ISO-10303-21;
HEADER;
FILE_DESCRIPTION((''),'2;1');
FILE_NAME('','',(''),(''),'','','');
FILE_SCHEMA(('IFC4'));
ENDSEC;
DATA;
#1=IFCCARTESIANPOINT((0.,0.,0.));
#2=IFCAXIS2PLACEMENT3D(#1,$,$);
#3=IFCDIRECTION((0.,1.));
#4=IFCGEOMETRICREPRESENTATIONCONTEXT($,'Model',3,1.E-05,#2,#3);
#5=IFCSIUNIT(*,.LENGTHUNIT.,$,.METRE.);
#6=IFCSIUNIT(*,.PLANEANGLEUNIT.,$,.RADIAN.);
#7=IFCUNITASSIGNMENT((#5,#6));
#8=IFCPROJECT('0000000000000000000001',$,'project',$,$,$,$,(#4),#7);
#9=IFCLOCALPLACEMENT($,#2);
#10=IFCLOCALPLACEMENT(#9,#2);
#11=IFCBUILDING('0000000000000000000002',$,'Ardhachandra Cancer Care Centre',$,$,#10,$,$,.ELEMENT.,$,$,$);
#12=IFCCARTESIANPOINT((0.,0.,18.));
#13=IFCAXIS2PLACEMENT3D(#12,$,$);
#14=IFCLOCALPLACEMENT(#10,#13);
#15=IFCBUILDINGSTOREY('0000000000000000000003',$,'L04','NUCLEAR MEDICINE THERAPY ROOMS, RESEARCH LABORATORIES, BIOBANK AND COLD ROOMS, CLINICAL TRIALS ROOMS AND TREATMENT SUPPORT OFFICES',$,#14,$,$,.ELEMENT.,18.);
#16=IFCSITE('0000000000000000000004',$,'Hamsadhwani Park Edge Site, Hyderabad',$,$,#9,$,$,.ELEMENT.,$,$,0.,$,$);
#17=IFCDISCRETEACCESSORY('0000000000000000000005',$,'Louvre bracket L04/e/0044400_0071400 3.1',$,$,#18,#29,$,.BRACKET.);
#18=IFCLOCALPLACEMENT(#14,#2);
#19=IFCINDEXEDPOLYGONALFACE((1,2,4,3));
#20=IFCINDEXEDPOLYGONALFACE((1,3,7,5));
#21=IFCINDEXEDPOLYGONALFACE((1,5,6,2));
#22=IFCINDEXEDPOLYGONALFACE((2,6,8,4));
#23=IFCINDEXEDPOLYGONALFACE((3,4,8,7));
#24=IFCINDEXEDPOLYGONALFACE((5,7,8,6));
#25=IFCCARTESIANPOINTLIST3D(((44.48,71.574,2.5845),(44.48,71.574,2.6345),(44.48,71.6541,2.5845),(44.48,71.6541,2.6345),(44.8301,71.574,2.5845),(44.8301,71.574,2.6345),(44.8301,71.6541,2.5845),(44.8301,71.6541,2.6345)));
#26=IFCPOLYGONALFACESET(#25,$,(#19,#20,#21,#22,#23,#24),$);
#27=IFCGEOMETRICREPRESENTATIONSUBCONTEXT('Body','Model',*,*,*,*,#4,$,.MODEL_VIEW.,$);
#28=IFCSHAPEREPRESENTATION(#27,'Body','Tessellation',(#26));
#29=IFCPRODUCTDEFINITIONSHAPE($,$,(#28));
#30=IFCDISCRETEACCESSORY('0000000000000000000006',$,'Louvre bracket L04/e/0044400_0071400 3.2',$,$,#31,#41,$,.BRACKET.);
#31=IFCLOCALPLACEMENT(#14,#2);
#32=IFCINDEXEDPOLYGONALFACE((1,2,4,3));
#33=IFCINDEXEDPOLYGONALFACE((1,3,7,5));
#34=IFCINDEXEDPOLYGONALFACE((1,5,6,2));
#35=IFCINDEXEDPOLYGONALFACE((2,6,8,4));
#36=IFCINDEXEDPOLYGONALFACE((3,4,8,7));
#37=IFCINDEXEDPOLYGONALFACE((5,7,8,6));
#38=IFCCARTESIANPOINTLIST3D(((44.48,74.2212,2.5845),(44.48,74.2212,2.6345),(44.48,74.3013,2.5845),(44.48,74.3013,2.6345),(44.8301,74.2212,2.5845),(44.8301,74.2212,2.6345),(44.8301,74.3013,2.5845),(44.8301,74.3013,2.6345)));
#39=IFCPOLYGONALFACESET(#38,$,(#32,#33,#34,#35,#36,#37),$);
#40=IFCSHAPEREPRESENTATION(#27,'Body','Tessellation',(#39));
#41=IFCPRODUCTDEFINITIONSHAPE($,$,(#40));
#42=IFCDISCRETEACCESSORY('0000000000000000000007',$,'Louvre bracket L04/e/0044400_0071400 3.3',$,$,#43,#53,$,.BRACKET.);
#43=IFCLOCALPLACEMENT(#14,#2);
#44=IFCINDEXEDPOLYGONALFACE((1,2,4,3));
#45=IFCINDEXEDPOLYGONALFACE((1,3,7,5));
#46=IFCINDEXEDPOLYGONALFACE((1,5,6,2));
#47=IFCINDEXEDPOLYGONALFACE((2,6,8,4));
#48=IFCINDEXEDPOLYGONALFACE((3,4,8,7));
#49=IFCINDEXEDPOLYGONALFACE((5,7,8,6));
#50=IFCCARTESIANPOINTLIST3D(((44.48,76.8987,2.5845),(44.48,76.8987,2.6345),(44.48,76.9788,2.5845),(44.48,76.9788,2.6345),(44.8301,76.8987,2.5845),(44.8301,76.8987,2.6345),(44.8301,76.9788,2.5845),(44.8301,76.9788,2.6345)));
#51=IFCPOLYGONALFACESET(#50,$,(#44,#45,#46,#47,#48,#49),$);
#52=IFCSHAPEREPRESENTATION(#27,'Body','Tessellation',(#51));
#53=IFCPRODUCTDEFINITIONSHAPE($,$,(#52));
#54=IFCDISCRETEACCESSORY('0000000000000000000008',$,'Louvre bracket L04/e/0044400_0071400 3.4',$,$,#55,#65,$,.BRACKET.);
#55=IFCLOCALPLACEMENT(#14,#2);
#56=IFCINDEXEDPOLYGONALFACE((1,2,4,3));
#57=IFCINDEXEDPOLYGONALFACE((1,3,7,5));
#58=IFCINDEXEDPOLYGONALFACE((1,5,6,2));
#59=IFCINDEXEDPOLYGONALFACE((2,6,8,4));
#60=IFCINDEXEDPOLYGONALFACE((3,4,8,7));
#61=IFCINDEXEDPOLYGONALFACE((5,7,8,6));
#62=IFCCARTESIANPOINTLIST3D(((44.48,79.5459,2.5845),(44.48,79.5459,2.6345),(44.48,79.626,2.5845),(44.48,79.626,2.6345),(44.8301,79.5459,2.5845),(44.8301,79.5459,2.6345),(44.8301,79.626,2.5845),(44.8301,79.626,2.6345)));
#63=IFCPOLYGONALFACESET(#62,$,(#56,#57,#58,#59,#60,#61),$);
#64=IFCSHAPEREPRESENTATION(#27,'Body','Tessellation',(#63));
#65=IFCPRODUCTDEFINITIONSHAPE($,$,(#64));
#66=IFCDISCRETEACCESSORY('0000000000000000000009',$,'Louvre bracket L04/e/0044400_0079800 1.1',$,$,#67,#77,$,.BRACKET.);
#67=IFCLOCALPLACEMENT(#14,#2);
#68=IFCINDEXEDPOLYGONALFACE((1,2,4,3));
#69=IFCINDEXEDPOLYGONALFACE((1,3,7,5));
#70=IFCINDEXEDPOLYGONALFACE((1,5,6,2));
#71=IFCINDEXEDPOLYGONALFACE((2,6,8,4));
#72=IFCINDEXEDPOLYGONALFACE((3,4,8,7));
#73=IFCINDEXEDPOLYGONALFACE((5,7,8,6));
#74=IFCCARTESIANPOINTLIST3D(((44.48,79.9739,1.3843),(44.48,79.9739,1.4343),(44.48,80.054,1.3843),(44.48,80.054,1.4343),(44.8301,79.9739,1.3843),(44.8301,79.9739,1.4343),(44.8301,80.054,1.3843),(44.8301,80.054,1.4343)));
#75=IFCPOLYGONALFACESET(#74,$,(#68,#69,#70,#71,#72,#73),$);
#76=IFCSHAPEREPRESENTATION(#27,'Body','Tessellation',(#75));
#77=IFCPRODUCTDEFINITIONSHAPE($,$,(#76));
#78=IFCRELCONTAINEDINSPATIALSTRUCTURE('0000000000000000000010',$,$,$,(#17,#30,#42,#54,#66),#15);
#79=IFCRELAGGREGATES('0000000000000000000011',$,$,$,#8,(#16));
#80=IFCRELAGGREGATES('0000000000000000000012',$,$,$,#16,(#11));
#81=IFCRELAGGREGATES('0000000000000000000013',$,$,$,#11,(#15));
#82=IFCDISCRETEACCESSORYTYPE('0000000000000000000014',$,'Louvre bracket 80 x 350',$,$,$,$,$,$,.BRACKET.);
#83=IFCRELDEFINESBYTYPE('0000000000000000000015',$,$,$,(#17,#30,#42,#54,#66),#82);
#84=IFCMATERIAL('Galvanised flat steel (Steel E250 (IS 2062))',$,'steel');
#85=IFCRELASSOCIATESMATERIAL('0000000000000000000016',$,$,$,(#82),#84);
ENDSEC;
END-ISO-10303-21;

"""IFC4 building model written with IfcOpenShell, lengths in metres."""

from ifc_helpers import new_model, si_unit, direction, frame, origin, origin_2d, place, context, subcontext, project, spatial, rectangle, extrude, material, type_object, element, save


model = new_model("IFC4")

# Units and contexts
model_context = context("Model", 3, precision=1e-05, world=origin(), true_north=direction((0.0, 1.0)))
body_context = subcontext(model_context, "Body", "Model", "MODEL_VIEW")
ifc_project = project(units=[si_unit("LENGTHUNIT", "METRE"), si_unit("PLANEANGLEUNIT", "RADIAN")], contexts=[model_context])

# Site, building, storey
site_placement = place(None, origin())
site = spatial("IfcSite", under=ifc_project, at=site_placement, Name="Hamsadhwani Park Edge Site, Hyderabad", CompositionType="ELEMENT", RefElevation=0.0)
building_placement = place(site_placement, origin())
building = spatial("IfcBuilding", under=site, at=building_placement, Name="Ardhachandra Cancer Care Centre", CompositionType="ELEMENT")
storey_placement = place(building_placement, frame((0.0, 0.0, 18.0)))
storey = spatial("IfcBuildingStorey", under=building, at=storey_placement, Name="L04", Description="NUCLEAR MEDICINE THERAPY ROOMS, RESEARCH LABORATORIES, BIOBANK AND COLD ROOMS, CLINICAL TRIALS ROOMS AND TREATMENT SUPPORT OFFICES", CompositionType="ELEMENT", Elevation=18.0)

# Discrete accessories
ifc_material_1 = material(Name="Galvanised flat steel (Steel E250 (IS 2062))", Category="steel")
discrete_accessory_type = type_object("IfcDiscreteAccessoryType", Name="Louvre bracket 80 x 350", PredefinedType="BRACKET", material=ifc_material_1)
for number, where, z_axis, x_axis, name in (
    (1, (44.655, 71.614, 2.5845), (0.0, 0.0, 1.0), (0.0, 1.0, 0.0), "Louvre bracket L04/e/0044400_0071400 3.1"),
    (2, (44.655, 74.2612, 2.5845), (0.0, 0.0, 1.0), (0.0, 1.0, 0.0), "Louvre bracket L04/e/0044400_0071400 3.2"),
    (3, (44.655, 76.9387, 2.5845), (0.0, 0.0, 1.0), (0.0, 1.0, 0.0), "Louvre bracket L04/e/0044400_0071400 3.3"),
    (4, (44.655, 79.5859, 2.5845), (0.0, 0.0, 1.0), (0.0, 1.0, 0.0), "Louvre bracket L04/e/0044400_0071400 3.4"),
    (5, (44.655, 80.0139, 1.3843), (0.0, 0.0, 1.0), (0.0, 1.0, 0.0), "Louvre bracket L04/e/0044400_0079800 1.1"),
):
    element("IfcDiscreteAccessory", number, at=place(storey_placement, frame(where, z_axis=z_axis, x_axis=x_axis)), inside=storey, type_object=discrete_accessory_type, Name=name, PredefinedType="BRACKET", context=body_context, shape_type="SweptSolid", body=[
        extrude(rectangle(XDim=0.0801, YDim=0.3501, at=origin_2d()), origin(), (0.0, 0.0, 1.0), 0.05),
    ])

save(model, "model.ifc")
